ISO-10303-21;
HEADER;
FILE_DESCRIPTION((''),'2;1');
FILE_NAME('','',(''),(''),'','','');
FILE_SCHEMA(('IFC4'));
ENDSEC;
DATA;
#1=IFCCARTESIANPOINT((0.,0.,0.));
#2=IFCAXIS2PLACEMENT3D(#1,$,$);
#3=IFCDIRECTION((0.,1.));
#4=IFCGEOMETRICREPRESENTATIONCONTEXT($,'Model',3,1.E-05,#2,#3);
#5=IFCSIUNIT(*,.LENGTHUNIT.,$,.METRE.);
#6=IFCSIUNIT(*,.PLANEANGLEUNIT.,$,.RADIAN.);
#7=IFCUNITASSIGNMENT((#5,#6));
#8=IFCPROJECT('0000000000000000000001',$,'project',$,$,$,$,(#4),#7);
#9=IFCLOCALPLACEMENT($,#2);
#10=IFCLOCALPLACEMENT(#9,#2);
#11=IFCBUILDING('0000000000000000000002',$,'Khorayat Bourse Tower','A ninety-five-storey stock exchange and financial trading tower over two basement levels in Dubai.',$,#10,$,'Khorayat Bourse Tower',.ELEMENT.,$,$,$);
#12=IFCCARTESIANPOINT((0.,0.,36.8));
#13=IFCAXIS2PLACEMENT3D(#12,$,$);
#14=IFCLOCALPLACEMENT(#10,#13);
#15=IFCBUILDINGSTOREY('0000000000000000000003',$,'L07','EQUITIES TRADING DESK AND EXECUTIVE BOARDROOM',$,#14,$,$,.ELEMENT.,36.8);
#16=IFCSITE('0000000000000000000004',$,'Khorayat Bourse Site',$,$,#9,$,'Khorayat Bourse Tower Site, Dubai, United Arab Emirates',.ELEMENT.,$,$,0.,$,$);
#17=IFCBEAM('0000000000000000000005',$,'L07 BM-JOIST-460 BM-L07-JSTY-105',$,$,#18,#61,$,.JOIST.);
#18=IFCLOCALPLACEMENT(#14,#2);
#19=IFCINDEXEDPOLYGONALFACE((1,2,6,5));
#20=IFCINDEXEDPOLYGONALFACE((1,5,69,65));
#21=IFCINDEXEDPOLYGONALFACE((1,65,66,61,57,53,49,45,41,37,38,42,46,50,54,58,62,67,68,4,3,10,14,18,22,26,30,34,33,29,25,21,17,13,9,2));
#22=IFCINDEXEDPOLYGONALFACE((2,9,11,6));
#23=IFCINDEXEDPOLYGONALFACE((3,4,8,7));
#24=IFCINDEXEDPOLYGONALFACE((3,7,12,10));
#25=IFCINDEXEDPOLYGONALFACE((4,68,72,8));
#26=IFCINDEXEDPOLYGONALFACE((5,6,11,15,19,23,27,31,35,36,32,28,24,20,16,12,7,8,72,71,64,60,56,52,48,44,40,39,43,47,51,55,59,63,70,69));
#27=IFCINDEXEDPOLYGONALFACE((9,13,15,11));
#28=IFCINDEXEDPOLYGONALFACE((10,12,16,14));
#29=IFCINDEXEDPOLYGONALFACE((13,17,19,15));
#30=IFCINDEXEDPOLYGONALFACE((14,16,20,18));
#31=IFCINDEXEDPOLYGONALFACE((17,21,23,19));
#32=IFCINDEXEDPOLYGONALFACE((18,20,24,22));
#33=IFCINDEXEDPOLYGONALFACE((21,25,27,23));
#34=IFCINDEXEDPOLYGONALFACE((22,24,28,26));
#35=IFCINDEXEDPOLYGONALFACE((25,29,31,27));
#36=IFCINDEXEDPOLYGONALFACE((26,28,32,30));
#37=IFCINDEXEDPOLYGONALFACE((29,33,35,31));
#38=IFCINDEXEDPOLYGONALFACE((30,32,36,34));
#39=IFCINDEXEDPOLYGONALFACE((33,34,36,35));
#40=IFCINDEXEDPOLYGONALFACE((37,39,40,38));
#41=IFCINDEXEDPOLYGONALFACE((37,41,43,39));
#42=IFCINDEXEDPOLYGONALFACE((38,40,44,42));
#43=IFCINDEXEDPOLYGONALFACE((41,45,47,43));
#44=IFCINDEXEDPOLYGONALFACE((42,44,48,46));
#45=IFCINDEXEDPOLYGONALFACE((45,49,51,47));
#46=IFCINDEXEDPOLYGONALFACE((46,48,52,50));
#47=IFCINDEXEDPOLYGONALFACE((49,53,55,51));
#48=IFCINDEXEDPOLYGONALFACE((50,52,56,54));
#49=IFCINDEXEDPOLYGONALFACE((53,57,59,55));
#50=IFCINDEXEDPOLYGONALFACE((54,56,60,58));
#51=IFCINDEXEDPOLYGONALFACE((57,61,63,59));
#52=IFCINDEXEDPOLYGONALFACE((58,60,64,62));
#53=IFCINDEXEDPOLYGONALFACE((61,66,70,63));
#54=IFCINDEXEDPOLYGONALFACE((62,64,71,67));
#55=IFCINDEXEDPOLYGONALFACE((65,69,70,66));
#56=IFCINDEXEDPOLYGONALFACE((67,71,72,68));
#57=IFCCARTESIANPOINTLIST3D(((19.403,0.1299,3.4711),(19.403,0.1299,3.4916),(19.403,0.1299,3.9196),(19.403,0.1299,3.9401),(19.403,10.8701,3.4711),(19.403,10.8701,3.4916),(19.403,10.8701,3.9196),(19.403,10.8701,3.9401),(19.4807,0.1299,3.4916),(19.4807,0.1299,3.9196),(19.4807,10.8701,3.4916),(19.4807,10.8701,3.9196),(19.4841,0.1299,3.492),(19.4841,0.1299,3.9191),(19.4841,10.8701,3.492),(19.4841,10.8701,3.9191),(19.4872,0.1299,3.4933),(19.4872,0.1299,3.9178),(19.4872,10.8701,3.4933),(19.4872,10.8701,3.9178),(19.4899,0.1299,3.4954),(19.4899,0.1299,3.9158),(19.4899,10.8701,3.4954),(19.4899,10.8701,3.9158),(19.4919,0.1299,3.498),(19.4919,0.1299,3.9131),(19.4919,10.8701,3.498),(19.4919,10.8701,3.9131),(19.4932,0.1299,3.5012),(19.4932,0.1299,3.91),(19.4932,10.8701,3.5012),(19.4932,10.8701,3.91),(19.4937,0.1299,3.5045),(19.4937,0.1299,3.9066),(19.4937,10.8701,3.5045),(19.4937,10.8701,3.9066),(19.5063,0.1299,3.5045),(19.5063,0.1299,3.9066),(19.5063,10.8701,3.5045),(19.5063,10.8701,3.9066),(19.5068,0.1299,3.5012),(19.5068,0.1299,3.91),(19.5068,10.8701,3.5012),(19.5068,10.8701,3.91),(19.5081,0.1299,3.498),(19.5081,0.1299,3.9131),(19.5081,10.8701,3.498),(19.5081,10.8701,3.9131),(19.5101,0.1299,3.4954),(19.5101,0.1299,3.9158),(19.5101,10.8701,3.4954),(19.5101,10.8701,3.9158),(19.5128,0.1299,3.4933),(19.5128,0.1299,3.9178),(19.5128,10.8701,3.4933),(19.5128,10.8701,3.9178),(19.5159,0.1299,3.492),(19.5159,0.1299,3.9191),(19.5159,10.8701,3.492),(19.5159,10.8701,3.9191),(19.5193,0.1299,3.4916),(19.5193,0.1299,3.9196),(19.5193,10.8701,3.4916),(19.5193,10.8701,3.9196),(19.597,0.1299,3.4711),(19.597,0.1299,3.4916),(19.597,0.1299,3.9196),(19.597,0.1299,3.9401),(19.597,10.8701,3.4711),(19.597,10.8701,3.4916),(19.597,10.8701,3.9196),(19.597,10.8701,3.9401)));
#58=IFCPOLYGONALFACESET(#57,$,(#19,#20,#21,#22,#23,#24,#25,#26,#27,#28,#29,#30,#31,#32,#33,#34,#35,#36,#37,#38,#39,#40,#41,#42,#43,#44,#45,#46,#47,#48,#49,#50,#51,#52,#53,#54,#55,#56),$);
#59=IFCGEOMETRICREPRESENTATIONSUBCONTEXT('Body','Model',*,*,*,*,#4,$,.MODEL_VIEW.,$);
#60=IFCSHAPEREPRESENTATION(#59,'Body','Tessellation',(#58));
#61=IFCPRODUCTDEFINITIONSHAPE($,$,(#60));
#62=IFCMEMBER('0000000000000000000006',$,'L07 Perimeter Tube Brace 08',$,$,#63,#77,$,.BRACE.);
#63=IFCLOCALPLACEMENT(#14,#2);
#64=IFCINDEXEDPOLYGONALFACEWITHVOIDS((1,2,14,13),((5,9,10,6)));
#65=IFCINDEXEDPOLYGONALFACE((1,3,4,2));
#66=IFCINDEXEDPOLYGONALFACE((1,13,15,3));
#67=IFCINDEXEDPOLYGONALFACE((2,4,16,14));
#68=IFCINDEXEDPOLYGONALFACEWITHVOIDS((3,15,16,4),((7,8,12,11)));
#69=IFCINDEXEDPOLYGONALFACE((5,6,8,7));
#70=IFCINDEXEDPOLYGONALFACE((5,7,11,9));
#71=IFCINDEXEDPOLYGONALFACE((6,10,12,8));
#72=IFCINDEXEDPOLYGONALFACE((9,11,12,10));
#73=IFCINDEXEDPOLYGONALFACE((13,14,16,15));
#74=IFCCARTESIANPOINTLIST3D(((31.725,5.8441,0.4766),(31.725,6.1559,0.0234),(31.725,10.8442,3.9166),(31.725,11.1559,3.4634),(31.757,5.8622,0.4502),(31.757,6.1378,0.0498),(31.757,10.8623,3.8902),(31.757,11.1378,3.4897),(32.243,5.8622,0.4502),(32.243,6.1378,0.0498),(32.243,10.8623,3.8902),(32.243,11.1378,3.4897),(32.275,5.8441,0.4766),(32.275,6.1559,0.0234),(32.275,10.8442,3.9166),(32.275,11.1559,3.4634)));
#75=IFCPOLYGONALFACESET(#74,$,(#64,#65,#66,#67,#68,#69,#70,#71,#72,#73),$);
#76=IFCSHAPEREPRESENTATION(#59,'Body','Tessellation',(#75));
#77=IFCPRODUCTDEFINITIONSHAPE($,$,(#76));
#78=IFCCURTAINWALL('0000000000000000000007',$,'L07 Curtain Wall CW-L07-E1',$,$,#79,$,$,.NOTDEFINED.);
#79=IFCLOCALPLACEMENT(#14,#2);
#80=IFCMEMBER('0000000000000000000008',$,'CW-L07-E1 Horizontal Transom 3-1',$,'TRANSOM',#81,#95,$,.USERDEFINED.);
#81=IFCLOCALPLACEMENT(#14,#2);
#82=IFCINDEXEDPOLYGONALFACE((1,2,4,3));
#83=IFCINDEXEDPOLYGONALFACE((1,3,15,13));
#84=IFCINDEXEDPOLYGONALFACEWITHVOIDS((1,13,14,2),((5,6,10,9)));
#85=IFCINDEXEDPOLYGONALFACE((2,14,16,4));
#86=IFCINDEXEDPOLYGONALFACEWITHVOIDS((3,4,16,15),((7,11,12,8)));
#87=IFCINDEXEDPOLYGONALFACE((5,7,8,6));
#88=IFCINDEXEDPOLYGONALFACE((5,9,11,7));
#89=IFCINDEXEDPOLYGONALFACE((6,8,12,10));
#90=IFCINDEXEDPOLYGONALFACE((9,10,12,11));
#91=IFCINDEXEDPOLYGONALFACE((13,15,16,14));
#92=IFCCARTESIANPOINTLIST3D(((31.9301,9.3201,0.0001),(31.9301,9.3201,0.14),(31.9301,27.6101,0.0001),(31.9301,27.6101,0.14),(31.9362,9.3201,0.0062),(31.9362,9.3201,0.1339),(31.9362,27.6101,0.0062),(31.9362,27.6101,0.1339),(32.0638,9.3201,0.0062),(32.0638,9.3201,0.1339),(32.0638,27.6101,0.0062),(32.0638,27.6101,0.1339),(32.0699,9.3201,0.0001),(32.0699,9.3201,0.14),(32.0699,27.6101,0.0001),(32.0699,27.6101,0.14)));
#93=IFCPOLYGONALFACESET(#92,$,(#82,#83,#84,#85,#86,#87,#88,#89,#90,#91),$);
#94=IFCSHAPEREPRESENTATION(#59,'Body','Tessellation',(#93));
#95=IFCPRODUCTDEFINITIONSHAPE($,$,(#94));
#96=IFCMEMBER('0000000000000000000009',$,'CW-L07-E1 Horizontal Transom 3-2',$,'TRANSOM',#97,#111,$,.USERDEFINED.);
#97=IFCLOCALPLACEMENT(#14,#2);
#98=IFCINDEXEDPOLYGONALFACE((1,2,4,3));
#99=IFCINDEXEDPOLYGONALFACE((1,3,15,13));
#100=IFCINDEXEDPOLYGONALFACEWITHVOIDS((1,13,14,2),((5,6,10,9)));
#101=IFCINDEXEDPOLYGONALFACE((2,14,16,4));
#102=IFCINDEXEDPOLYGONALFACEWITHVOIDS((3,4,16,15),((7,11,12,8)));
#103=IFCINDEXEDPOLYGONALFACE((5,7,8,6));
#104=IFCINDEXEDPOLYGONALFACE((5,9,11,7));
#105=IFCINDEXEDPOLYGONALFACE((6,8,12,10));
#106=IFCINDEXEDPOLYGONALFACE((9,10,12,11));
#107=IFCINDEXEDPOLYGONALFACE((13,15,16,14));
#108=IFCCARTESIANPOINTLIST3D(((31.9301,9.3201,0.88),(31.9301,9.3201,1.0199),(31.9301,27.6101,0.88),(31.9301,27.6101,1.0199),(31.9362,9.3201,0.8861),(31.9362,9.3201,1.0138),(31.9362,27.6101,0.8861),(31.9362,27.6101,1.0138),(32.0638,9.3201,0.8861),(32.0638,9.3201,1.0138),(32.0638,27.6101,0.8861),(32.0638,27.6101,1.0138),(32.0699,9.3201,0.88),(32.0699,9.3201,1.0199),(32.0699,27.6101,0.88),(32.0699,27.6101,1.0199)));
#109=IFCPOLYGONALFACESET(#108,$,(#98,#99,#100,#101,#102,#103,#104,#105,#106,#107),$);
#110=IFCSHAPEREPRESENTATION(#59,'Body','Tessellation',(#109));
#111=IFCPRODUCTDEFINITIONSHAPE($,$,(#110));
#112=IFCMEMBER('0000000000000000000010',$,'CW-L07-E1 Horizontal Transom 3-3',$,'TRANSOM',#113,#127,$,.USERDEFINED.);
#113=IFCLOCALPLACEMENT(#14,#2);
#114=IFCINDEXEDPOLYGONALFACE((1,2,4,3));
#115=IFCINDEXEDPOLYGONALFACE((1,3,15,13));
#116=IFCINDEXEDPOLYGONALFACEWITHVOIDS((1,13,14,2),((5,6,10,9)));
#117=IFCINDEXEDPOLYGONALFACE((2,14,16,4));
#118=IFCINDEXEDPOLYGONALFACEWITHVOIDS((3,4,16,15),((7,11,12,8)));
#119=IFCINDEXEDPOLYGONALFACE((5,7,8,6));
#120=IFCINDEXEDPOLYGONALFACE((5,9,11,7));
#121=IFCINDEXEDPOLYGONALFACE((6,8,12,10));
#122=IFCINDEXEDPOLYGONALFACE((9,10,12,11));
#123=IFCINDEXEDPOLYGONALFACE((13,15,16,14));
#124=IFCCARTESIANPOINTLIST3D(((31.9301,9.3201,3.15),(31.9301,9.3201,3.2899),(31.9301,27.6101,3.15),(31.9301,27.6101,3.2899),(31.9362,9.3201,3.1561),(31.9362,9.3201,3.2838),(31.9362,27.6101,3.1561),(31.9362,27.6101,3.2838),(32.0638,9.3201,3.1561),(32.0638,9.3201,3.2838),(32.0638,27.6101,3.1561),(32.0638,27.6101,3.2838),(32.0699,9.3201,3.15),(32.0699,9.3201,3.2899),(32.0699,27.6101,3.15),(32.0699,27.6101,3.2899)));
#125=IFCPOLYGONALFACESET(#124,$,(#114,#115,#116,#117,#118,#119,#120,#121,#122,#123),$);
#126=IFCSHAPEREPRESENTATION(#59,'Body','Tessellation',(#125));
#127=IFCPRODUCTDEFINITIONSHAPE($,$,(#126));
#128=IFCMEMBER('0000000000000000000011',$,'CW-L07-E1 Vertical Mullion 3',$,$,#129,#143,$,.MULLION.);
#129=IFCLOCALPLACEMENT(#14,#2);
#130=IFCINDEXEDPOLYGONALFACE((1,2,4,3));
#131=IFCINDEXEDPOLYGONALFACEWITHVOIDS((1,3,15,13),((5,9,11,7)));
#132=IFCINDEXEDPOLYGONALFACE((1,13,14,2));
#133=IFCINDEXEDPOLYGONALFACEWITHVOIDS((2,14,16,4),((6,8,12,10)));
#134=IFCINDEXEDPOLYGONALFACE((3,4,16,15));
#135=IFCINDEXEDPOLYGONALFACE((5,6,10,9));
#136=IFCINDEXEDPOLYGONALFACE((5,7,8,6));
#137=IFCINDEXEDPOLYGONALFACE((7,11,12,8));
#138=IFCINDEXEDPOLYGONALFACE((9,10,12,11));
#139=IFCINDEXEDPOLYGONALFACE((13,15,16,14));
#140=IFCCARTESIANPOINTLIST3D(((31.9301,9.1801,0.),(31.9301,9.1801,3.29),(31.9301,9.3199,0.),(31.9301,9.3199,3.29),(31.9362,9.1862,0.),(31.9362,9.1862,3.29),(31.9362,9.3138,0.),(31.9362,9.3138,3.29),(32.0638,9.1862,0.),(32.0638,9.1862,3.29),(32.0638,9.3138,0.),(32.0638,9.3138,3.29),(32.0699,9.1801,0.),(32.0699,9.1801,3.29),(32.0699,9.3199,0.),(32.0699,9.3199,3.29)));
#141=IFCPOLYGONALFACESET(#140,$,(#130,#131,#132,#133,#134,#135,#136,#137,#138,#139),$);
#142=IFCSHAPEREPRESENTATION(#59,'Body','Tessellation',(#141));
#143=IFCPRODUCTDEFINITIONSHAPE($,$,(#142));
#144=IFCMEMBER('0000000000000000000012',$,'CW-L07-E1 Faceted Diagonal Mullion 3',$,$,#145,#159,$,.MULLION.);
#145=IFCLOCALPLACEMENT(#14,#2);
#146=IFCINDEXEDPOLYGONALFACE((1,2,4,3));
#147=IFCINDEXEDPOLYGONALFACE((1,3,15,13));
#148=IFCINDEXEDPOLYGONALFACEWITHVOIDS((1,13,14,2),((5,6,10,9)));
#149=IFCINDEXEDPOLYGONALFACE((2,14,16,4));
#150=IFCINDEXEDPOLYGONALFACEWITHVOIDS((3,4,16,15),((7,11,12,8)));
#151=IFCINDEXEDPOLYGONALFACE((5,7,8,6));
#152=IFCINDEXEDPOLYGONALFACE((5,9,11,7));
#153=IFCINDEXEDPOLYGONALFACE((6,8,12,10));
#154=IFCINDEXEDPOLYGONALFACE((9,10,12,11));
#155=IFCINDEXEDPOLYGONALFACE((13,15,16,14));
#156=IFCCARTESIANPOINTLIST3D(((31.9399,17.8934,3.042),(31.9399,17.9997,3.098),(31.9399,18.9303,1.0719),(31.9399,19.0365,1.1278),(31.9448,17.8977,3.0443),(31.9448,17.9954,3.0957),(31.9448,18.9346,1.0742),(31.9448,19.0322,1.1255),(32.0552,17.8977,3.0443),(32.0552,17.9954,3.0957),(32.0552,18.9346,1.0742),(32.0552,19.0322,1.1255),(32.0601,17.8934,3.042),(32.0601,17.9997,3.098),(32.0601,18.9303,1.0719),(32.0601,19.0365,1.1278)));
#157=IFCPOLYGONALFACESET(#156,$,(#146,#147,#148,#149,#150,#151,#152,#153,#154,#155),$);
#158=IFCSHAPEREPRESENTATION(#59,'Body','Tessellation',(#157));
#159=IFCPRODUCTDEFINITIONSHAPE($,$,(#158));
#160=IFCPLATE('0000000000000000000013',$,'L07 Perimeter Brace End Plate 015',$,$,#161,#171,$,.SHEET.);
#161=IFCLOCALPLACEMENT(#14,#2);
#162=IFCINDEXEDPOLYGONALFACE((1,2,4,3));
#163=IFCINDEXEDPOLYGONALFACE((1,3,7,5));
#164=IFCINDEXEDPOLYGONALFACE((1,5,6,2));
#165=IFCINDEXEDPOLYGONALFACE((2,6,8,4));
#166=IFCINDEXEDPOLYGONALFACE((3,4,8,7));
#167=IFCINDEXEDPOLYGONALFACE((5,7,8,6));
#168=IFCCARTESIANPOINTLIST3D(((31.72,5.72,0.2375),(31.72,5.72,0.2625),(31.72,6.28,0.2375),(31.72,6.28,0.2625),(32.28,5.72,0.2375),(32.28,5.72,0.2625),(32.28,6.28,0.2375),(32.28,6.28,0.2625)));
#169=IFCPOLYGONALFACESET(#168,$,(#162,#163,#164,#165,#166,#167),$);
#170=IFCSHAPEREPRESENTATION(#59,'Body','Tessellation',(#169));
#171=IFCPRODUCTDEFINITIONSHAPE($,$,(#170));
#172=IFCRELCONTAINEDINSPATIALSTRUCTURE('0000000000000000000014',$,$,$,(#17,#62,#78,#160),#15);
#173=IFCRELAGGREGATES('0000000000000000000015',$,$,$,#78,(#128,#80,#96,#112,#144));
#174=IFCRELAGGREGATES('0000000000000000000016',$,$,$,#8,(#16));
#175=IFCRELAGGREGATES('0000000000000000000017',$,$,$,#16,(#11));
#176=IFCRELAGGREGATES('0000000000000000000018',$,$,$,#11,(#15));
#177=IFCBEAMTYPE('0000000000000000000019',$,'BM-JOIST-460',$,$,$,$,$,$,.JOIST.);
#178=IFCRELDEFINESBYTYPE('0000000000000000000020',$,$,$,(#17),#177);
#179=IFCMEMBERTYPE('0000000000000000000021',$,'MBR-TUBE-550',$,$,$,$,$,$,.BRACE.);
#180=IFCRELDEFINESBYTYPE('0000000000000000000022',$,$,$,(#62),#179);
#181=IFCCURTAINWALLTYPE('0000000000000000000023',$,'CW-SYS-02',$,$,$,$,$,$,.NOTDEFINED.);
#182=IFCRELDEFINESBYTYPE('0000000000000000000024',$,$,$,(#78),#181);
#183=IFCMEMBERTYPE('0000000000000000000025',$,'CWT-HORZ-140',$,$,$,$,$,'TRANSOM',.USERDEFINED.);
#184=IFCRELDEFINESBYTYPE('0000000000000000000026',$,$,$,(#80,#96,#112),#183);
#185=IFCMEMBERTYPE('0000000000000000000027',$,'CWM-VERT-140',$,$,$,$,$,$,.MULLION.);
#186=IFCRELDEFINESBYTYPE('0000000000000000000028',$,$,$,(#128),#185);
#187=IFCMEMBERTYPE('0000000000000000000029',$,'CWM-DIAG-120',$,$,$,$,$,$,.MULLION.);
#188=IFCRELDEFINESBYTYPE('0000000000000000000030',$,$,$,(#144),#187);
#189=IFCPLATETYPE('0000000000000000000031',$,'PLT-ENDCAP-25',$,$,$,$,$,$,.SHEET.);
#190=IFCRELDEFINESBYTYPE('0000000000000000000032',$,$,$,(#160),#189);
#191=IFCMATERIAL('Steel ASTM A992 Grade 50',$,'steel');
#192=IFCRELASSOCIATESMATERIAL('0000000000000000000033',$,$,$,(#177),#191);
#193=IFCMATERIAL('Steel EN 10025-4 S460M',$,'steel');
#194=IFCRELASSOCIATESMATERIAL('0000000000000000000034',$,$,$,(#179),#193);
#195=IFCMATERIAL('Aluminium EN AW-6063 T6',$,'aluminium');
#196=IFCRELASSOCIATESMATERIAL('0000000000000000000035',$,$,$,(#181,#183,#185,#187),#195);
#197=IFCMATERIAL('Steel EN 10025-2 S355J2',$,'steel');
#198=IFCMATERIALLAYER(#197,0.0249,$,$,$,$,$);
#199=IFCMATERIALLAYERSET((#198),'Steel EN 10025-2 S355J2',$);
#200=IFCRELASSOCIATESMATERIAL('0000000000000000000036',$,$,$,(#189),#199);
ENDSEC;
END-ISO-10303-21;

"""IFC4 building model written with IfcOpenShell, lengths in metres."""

from ifc_helpers import new_model, si_unit, direction, frame, origin, origin_2d, place, context, subcontext, project, spatial, rectangle, hollow_rectangle, i_section, extrude, source, transform, mapped, material, layer, layer_set, material_profile, profile_set, type_object, element, aggregate, save


model = new_model("IFC4")

# Units and contexts
model_context = context("Model", 3, precision=1e-05, world=origin(), true_north=direction((0.0, 1.0)))
body_context = subcontext(model_context, "Body", "Model", "MODEL_VIEW")
ifc_project = project(units=[si_unit("LENGTHUNIT", "METRE"), si_unit("PLANEANGLEUNIT", "RADIAN")], contexts=[model_context])

# Site, building, storey
site_placement = place(None, origin())
site = spatial("IfcSite", under=ifc_project, at=site_placement, Name="Khorayat Bourse Site", LongName="Khorayat Bourse Tower Site, Dubai, United Arab Emirates", CompositionType="ELEMENT", RefElevation=0.0)
building_placement = place(site_placement, origin())
building = spatial("IfcBuilding", under=site, at=building_placement, Name="Khorayat Bourse Tower", Description="A ninety-five-storey stock exchange and financial trading tower over two basement levels in Dubai.", LongName="Khorayat Bourse Tower", CompositionType="ELEMENT")
storey_placement = place(building_placement, frame((0.0, 0.0, 36.8)))
storey = spatial("IfcBuildingStorey", under=building, at=storey_placement, Name="L07", Description="EQUITIES TRADING DESK AND EXECUTIVE BOARDROOM", CompositionType="ELEMENT", Elevation=36.8)

# Shared definitions
ifc_material_1 = material(Name="Steel EN 10025-4 S460M", Category="steel")

# Beam
ifc_material_2 = material(Name="Steel ASTM A992 Grade 50", Category="steel")
ifc_material_profile_1 = material_profile(ifc_material_2, i_section(OverallWidth=0.1941, OverallDepth=0.469, WebThickness=0.0127, FlangeThickness=0.0205, FilletRadius=0.0129, at=origin_2d()), Name="W460X106")
ifc_profile_set_1 = profile_set([ifc_material_profile_1], Name="Steel ASTM A992 Grade 50")
beam_type_1 = type_object("IfcBeamType", Name="BM-JOIST-460", PredefinedType="JOIST", material=ifc_profile_set_1)
shared_shape_1 = source(origin(), body_context, "Body", "SweptSolid", [
    extrude(i_section(OverallWidth=0.1941, OverallDepth=0.469, WebThickness=0.0127, FlangeThickness=0.0205, FilletRadius=0.0129, at=origin_2d()), origin(), (0.0, 0.0, 1.0), 10.7402),
])
beam_1_placement = place(storey_placement, frame((19.5, 0.1299, 3.7056), z_axis=(0.0, 1.0, 0.0), x_axis=(-1.0, 0.0, 0.0)))
element("IfcBeam", 1, at=beam_1_placement, inside=storey, type_object=beam_type_1, Name="L07 BM-JOIST-460 BM-L07-JSTY-105", PredefinedType="JOIST", context=body_context, shape_type="MappedRepresentation", body=[
    mapped(shared_shape_1, transform((0.0, 0.0, 0.0), scale=1.0)),
])

# Member
ifc_material_profile_2 = material_profile(ifc_material_1, hollow_rectangle(XDim=0.55, YDim=0.55, WallThickness=0.032, at=origin_2d()), Name="HSS 550x550x32")
ifc_profile_set_2 = profile_set([ifc_material_profile_2], Name="Steel EN 10025-4 S460M")
member_type_1 = type_object("IfcMemberType", Name="MBR-TUBE-550", PredefinedType="BRACE", material=ifc_profile_set_2)
shared_shape_2 = source(origin(), body_context, "Body", "SweptSolid", [
    extrude(hollow_rectangle(XDim=0.55, YDim=0.55, WallThickness=0.032, at=origin_2d()), origin(), (0.0, 0.0, 1.0), 6.0691),
])
member_1_placement = place(storey_placement, frame((32.0, 6.0, 0.25), z_axis=(0.0, 0.823854, 0.566802), x_axis=(-1.0, 0.0, 0.0)))
element("IfcMember", 2, at=member_1_placement, inside=storey, type_object=member_type_1, Name="L07 Perimeter Tube Brace 08", PredefinedType="BRACE", context=body_context, shape_type="MappedRepresentation", body=[
    mapped(shared_shape_2, transform((0.0, 0.0, 0.0), scale=1.0)),
])

# Curtain wall, members
ifc_material_3 = material(Name="Aluminium EN AW-6063 T6", Category="aluminium")
curtain_wall_type = type_object("IfcCurtainWallType", Name="CW-SYS-02", PredefinedType="NOTDEFINED", material=ifc_material_3)
curtain_wall_placement = place(storey_placement, origin())
curtain_wall = element("IfcCurtainWall", 3, at=curtain_wall_placement, inside=storey, type_object=curtain_wall_type, Name="L07 Curtain Wall CW-L07-E1", PredefinedType="NOTDEFINED")
ifc_material_profile_3 = material_profile(ifc_material_3, hollow_rectangle(XDim=0.1399, YDim=0.1399, WallThickness=0.0061, at=origin_2d()), Name="ALU 140x140x6")
ifc_profile_set_3 = profile_set([ifc_material_profile_3], Name="Aluminium EN AW-6063 T6")
member_type_2 = type_object("IfcMemberType", Name="CWT-HORZ-140", ElementType="TRANSOM", PredefinedType="USERDEFINED", material=ifc_profile_set_3)
shared_shape_3 = source(origin(), body_context, "Body", "SweptSolid", [
    extrude(hollow_rectangle(XDim=0.1399, YDim=0.1399, WallThickness=0.0061, at=origin_2d()), origin(), (0.0, 0.0, 1.0), 18.29),
])
member_2_placement = place(storey_placement, frame((32.0, 9.3201, 0.0701), z_axis=(0.0, 1.0, 0.0), x_axis=(-1.0, 0.0, 0.0)))
member_2 = element("IfcMember", 4, at=member_2_placement, type_object=member_type_2, Name="CW-L07-E1 Horizontal Transom 3-1", ObjectType="TRANSOM", PredefinedType="USERDEFINED", context=body_context, shape_type="MappedRepresentation", body=[
    mapped(shared_shape_3, transform((0.0, 0.0, 0.0), scale=1.0)),
])
member_3_placement = place(storey_placement, frame((32.0, 9.3201, 0.95), z_axis=(0.0, 1.0, 0.0), x_axis=(-1.0, 0.0, 0.0)))
member_3 = element("IfcMember", 5, at=member_3_placement, type_object=member_type_2, Name="CW-L07-E1 Horizontal Transom 3-2", ObjectType="TRANSOM", PredefinedType="USERDEFINED", context=body_context, shape_type="MappedRepresentation", body=[
    mapped(shared_shape_3, transform((0.0, 0.0, 0.0), scale=1.0)),
])
member_4_placement = place(storey_placement, frame((32.0, 9.3201, 3.22), z_axis=(0.0, 1.0, 0.0), x_axis=(-1.0, 0.0, 0.0)))
member_4 = element("IfcMember", 6, at=member_4_placement, type_object=member_type_2, Name="CW-L07-E1 Horizontal Transom 3-3", ObjectType="TRANSOM", PredefinedType="USERDEFINED", context=body_context, shape_type="MappedRepresentation", body=[
    mapped(shared_shape_3, transform((0.0, 0.0, 0.0), scale=1.0)),
])
ifc_material_profile_4 = material_profile(ifc_material_3, hollow_rectangle(XDim=0.1399, YDim=0.1399, WallThickness=0.0061, at=origin_2d()), Name="ALU 140x140x6")
ifc_profile_set_4 = profile_set([ifc_material_profile_4], Name="Aluminium EN AW-6063 T6")
member_type_3 = type_object("IfcMemberType", Name="CWM-VERT-140", PredefinedType="MULLION", material=ifc_profile_set_4)
shared_shape_4 = source(origin(), body_context, "Body", "SweptSolid", [
    extrude(hollow_rectangle(XDim=0.1399, YDim=0.1399, WallThickness=0.0061, at=origin_2d()), origin(), (0.0, 0.0, 1.0), 3.29),
])
member_5_placement = place(storey_placement, frame((32.0, 9.25, 0.0), z_axis=(0.0, 0.0, 1.0), x_axis=(-1.0, 0.0, 0.0)))
member_5 = element("IfcMember", 7, at=member_5_placement, type_object=member_type_3, Name="CW-L07-E1 Vertical Mullion 3", PredefinedType="MULLION", context=body_context, shape_type="MappedRepresentation", body=[
    mapped(shared_shape_4, transform((0.0, 0.0, 0.0), scale=1.0)),
])
ifc_material_profile_5 = material_profile(ifc_material_3, hollow_rectangle(XDim=0.1201, YDim=0.1201, WallThickness=0.0049, at=origin_2d()), Name="ALU 120x120x5")
ifc_profile_set_5 = profile_set([ifc_material_profile_5], Name="Aluminium EN AW-6063 T6")
member_type_4 = type_object("IfcMemberType", Name="CWM-DIAG-120", PredefinedType="MULLION", material=ifc_profile_set_5)
shared_shape_5 = source(origin(), body_context, "Body", "SweptSolid", [
    extrude(hollow_rectangle(XDim=0.1201, YDim=0.1201, WallThickness=0.0049, at=origin_2d()), origin(), (0.0, 0.0, 1.0), 2.2263),
])
member_6_placement = place(storey_placement, frame((32.0, 18.9834, 1.0999), z_axis=(0.0, -0.465715, 0.884935), x_axis=(1.0, 0.0, 0.0)))
member_6 = element("IfcMember", 8, at=member_6_placement, type_object=member_type_4, Name="CW-L07-E1 Faceted Diagonal Mullion 3", PredefinedType="MULLION", context=body_context, shape_type="MappedRepresentation", body=[
    mapped(shared_shape_5, transform((0.0, 0.0, 0.0), scale=1.0)),
])

# Plate
ifc_material_4 = material(Name="Steel EN 10025-2 S355J2", Category="steel")
ifc_layer_1 = layer(ifc_material_4, 0.0249)
ifc_layer_set_1 = layer_set([ifc_layer_1], Name="Steel EN 10025-2 S355J2")
plate_type_1 = type_object("IfcPlateType", Name="PLT-ENDCAP-25", PredefinedType="SHEET", material=ifc_layer_set_1)
shared_shape_6 = source(origin(), body_context, "Body", "SweptSolid", [
    extrude(rectangle(XDim=0.5601, YDim=0.5601, at=origin_2d()), origin(), (0.0, 0.0, 1.0), 0.0249),
])
for number, where, z_axis, x_axis, name in (
    (9, (32.0, 6.0, 0.2375), (0.0, 0.0, 1.0), (1.0, 0.0, 0.0), "L07 Perimeter Brace End Plate 015"),
):
    element("IfcPlate", number, at=place(storey_placement, frame(where, z_axis=z_axis, x_axis=x_axis)), inside=storey, type_object=plate_type_1, Name=name, PredefinedType="SHEET", context=body_context, shape_type="MappedRepresentation", body=[
        mapped(shared_shape_6, transform((0.0, 0.0, 0.0), scale=1.0)),
    ])

aggregate(curtain_wall, [member_5, member_2, member_3, member_4, member_6])

save(model, "model.ifc")
